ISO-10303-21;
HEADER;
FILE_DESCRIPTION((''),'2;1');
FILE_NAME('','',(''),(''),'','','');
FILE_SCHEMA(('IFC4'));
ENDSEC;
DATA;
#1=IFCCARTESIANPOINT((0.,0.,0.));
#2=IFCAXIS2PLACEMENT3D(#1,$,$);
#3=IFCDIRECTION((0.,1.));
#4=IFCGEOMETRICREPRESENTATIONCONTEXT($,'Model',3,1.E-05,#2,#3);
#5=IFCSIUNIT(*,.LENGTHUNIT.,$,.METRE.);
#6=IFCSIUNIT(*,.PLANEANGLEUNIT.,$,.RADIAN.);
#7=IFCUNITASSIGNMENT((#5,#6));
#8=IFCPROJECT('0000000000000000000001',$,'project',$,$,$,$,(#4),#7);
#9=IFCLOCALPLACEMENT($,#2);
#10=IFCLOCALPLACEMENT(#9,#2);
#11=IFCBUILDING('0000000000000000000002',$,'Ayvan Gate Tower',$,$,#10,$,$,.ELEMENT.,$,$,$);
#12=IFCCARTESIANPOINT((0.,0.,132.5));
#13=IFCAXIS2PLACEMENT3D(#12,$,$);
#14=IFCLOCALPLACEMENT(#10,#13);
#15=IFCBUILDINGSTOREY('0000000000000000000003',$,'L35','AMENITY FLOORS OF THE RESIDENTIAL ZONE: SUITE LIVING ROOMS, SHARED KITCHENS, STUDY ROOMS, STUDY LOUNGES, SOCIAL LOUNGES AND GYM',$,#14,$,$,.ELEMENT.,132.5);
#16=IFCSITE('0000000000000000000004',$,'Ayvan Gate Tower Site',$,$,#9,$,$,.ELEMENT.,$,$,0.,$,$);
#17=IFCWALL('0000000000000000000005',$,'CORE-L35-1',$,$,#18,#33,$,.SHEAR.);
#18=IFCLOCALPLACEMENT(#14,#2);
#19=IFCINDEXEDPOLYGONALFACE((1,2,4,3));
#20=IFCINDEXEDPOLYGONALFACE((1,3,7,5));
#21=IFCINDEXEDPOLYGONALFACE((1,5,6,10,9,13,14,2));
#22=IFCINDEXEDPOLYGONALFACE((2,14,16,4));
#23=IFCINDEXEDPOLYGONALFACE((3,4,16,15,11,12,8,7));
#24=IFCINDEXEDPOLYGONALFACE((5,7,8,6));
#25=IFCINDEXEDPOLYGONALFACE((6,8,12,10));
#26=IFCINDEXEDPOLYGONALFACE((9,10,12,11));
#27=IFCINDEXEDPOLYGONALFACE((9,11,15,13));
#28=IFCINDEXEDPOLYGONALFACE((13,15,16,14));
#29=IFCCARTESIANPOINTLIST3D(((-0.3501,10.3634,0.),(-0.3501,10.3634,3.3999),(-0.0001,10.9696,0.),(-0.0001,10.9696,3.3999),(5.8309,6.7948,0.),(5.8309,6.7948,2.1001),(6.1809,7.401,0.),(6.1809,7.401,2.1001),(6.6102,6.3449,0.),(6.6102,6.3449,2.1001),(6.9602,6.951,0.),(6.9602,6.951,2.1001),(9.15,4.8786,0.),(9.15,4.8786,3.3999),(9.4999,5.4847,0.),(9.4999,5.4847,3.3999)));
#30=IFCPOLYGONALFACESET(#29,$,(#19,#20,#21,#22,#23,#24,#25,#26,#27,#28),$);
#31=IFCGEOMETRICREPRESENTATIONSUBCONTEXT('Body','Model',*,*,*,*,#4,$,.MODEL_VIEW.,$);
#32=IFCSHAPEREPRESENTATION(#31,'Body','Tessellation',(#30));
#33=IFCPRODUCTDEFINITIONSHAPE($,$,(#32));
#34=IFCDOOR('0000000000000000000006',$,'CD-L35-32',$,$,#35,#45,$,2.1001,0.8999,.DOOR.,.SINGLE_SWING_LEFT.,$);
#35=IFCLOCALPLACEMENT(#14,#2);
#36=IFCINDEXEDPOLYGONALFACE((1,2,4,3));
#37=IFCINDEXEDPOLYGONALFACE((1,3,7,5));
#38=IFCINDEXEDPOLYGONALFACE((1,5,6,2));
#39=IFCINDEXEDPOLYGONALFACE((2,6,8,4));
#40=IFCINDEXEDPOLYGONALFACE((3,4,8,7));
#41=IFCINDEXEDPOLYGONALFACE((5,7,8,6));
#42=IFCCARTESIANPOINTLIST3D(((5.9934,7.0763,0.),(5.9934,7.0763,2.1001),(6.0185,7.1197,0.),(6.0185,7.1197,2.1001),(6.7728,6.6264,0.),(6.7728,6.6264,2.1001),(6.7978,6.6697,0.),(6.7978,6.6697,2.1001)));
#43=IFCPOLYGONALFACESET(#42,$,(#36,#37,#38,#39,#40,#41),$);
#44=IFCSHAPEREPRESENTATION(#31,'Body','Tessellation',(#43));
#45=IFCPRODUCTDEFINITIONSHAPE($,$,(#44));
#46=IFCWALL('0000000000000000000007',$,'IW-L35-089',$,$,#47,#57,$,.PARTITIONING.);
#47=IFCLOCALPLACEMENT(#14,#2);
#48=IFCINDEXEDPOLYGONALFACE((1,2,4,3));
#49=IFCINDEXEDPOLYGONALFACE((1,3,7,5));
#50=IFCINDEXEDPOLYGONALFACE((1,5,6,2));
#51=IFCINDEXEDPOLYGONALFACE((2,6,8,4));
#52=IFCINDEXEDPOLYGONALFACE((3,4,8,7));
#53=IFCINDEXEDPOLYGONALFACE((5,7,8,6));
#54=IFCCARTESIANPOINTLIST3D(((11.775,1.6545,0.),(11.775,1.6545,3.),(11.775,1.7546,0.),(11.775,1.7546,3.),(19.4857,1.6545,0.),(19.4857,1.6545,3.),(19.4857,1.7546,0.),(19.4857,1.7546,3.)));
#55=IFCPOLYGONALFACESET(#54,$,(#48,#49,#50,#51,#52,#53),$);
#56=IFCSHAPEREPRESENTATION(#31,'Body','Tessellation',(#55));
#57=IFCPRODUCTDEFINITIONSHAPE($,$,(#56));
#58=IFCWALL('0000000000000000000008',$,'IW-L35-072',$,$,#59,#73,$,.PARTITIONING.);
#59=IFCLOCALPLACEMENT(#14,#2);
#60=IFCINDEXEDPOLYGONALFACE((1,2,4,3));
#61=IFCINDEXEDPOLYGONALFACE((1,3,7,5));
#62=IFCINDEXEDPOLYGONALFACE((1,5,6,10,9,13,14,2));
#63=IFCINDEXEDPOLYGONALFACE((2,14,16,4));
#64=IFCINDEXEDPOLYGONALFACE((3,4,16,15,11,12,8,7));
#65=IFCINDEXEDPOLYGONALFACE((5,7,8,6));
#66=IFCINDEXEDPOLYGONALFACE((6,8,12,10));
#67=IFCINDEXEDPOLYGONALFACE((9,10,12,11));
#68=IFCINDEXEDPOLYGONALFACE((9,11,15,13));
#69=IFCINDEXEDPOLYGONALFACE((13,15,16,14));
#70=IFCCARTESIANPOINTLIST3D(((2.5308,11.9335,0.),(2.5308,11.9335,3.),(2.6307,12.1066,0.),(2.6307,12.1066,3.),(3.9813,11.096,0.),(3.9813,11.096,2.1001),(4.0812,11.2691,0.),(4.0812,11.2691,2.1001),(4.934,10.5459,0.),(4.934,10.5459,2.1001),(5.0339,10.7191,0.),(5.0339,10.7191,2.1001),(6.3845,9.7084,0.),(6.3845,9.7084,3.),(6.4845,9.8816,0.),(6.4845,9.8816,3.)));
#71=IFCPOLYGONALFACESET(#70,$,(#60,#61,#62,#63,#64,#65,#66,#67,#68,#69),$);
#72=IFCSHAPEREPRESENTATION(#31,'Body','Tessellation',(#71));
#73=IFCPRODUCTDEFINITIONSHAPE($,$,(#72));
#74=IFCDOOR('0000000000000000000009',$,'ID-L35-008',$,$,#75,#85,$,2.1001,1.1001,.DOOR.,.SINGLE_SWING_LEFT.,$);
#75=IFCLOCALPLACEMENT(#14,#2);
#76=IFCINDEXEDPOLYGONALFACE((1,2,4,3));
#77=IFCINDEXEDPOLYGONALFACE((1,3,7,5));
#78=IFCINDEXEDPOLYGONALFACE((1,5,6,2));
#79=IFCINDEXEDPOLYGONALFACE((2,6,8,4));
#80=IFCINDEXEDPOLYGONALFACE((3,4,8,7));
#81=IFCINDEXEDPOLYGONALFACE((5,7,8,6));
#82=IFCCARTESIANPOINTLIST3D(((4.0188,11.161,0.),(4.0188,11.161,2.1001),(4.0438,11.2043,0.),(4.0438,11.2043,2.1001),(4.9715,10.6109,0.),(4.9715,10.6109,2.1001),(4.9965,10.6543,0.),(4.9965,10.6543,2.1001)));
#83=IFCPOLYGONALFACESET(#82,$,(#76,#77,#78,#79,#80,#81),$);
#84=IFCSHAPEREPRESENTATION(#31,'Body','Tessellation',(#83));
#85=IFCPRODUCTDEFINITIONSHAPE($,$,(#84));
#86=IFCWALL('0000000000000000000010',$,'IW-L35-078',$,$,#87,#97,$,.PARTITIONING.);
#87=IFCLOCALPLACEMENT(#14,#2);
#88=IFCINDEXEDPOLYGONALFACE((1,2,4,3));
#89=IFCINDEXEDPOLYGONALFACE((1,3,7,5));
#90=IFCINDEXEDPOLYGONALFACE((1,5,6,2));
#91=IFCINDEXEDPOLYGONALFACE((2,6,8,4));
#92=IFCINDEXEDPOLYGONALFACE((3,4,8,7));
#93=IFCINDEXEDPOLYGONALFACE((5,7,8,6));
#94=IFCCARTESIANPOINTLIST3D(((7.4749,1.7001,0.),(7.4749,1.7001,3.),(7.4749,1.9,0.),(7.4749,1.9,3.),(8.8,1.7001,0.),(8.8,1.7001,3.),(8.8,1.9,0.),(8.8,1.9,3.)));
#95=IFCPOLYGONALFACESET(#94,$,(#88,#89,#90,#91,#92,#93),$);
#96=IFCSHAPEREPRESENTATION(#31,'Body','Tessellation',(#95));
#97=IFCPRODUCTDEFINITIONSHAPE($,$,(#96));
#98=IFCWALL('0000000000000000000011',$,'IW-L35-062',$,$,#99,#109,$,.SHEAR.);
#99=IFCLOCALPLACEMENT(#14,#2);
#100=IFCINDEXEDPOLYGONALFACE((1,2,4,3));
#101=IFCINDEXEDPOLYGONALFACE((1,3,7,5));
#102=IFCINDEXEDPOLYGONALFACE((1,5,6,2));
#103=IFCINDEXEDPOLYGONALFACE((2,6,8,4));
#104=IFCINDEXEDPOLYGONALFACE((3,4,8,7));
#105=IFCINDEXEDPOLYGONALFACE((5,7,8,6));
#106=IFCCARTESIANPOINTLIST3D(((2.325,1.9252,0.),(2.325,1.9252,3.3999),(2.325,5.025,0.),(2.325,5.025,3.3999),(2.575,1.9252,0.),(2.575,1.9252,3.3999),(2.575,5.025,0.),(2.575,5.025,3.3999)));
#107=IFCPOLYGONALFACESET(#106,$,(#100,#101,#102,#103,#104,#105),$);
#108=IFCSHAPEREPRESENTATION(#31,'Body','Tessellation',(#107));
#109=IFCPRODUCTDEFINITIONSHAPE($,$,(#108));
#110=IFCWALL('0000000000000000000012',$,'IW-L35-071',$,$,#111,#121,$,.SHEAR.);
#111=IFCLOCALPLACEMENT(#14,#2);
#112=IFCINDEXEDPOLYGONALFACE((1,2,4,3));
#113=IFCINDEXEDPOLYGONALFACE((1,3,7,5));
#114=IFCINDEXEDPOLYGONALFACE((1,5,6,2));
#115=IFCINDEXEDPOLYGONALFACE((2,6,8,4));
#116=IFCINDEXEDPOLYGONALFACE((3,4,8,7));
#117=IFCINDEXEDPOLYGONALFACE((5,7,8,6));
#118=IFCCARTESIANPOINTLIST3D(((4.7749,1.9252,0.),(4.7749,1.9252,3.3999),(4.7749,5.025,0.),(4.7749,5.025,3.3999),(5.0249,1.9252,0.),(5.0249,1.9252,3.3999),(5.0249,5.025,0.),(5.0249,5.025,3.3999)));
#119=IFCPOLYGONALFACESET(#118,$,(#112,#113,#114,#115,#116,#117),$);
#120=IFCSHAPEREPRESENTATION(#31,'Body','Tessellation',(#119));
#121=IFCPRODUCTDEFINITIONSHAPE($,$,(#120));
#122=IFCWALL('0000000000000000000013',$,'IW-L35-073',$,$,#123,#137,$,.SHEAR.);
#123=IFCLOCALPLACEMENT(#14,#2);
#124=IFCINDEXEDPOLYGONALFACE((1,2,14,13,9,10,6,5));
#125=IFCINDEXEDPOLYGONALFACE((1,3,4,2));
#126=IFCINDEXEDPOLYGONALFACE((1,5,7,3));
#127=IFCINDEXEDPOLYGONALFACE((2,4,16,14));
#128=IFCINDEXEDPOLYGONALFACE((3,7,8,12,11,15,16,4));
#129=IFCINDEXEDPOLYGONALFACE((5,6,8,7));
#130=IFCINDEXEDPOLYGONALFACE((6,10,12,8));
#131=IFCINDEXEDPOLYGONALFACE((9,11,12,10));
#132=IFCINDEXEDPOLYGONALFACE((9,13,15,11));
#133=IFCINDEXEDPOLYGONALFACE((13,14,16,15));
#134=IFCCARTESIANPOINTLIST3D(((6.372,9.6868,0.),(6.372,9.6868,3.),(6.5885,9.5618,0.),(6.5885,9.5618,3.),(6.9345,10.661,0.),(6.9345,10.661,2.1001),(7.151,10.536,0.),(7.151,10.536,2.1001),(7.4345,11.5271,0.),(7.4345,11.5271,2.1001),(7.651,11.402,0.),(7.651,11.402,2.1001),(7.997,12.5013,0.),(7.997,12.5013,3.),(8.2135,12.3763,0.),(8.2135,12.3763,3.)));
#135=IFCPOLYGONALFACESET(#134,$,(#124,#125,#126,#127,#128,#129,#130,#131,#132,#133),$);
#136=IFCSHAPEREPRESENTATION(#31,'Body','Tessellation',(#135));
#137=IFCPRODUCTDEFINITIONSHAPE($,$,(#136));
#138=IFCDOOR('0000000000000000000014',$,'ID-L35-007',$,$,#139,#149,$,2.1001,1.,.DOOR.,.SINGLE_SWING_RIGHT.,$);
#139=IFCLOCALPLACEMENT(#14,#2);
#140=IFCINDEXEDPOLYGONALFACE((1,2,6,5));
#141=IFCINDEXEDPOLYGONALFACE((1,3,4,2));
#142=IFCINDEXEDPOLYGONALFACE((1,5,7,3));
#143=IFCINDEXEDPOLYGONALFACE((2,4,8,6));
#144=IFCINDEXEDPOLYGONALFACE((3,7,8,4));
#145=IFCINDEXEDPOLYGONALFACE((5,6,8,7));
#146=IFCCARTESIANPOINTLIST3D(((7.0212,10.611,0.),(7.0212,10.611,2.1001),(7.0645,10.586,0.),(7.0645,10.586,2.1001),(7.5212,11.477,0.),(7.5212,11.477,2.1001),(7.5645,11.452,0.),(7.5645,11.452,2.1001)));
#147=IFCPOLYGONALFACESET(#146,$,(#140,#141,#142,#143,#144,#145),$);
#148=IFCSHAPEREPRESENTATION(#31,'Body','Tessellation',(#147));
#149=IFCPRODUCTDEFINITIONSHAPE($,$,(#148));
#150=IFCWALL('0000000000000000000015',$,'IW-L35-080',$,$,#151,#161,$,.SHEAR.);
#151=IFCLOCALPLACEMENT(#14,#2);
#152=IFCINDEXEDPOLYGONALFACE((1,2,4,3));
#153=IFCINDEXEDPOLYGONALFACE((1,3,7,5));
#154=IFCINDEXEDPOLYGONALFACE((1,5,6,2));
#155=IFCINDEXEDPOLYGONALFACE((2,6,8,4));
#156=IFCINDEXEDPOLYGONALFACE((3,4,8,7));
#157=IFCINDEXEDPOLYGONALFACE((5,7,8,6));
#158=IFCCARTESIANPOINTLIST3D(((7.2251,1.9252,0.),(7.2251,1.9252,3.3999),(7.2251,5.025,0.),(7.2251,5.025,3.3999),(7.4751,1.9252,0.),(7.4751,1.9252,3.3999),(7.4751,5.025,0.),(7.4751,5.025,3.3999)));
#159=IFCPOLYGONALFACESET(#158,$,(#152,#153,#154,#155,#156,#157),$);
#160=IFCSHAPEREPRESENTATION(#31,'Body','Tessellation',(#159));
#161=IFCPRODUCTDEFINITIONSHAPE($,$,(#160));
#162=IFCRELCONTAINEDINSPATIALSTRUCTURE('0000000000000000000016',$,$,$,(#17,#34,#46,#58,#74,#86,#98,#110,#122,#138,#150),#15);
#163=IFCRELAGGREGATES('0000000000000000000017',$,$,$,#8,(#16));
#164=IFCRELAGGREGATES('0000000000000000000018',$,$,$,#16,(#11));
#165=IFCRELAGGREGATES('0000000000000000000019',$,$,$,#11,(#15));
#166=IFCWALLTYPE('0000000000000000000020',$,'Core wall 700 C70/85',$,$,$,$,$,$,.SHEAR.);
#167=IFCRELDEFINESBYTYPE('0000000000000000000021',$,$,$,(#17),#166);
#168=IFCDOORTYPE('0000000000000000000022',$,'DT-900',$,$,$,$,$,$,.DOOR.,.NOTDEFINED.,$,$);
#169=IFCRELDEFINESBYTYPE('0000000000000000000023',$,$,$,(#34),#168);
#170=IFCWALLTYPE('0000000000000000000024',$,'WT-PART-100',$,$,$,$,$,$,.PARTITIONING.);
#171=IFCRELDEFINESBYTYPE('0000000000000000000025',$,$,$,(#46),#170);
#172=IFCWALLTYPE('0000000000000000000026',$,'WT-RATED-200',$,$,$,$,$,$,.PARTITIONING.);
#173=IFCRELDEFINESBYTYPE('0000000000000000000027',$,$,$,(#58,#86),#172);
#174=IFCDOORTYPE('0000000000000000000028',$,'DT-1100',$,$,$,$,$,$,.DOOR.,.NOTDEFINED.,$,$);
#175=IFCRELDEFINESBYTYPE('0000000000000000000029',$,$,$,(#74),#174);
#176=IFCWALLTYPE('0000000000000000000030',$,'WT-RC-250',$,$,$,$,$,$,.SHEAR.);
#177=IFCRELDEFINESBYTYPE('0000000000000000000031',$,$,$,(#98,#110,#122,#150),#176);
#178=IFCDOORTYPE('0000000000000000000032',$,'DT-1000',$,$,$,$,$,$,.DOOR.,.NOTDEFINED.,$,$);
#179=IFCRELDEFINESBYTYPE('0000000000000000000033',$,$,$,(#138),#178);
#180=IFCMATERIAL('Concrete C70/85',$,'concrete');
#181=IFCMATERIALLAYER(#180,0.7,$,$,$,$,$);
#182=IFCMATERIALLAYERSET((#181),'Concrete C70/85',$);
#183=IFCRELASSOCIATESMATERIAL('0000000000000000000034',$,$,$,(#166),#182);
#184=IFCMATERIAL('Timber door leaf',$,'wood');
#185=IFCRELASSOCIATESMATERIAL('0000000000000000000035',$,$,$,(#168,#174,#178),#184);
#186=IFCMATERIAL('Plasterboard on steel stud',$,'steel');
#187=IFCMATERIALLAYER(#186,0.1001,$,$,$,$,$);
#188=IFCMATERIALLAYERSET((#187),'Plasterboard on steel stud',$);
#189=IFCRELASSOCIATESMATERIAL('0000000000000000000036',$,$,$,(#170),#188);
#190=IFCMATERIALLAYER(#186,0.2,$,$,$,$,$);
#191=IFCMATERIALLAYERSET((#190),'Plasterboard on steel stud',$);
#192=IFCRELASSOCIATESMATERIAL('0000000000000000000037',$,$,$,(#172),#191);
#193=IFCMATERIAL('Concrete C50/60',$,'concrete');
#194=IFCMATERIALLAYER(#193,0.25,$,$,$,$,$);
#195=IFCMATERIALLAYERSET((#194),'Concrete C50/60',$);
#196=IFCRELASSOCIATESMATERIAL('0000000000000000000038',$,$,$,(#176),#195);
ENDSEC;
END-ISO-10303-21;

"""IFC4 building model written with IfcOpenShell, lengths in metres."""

from ifc_helpers import new_model, si_unit, direction, frame, frame_2d, origin, place, context, subcontext, project, spatial, rectangle, extrude, material, layer, layer_set, type_object, element, fill, save


model = new_model("IFC4")

# Units and contexts
model_context = context("Model", 3, precision=1e-05, world=origin(), true_north=direction((0.0, 1.0)))
body_context = subcontext(model_context, "Body", "Model", "MODEL_VIEW")
ifc_project = project(units=[si_unit("LENGTHUNIT", "METRE"), si_unit("PLANEANGLEUNIT", "RADIAN")], contexts=[model_context])

# Site, building, storey
site_placement = place(None, origin())
site = spatial("IfcSite", under=ifc_project, at=site_placement, Name="Ayvan Gate Tower Site", CompositionType="ELEMENT", RefElevation=0.0)
building_placement = place(site_placement, origin())
building = spatial("IfcBuilding", under=site, at=building_placement, Name="Ayvan Gate Tower", CompositionType="ELEMENT")
storey_placement = place(building_placement, frame((0.0, 0.0, 132.5)))
storey = spatial("IfcBuildingStorey", under=building, at=storey_placement, Name="L35", Description="AMENITY FLOORS OF THE RESIDENTIAL ZONE: SUITE LIVING ROOMS, SHARED KITCHENS, STUDY ROOMS, STUDY LOUNGES, SOCIAL LOUNGES AND GYM", CompositionType="ELEMENT", Elevation=132.5)

# Wall, opening, door
ifc_material_1 = material(Name="Concrete C70/85", Category="concrete")
ifc_layer_1 = layer(ifc_material_1, 0.7)
ifc_layer_set_1 = layer_set([ifc_layer_1], Name="Concrete C70/85")
wall_type_1 = type_object("IfcWallType", Name="Core wall 700 C70/85", PredefinedType="SHEAR", material=ifc_layer_set_1)
wall_1_placement = place(storey_placement, frame((9.325, 5.1816, 0.0), z_axis=(0.0, 0.0, 1.0), x_axis=(-0.866024, 0.500002, 0.0)))
wall_1 = element("IfcWall", 1, at=wall_1_placement, inside=storey, type_object=wall_type_1, Name="CORE-L35-1", PredefinedType="SHEAR", context=body_context, shape_type="SweptSolid", body=[
    extrude(rectangle(XDim=10.9697, YDim=0.7, at=frame_2d((5.4849, 0.0))), origin(), (0.0, 0.0, 1.0), 3.3999),
])
opening_1_placement = place(wall_1_placement, frame((2.9326, 0.0, 0.0)))
opening_1 = element("IfcOpeningElement", 2, at=opening_1_placement, cuts=wall_1, PredefinedType="OPENING", context=body_context, shape_type="SweptSolid", body=[
    extrude(rectangle(XDim=0.8999, YDim=2.1001, at=frame_2d((0.45, 1.05))), frame((0.0, 0.3599, 0.0), z_axis=(0.0, -1.0, 0.0), x_axis=(1.0, 0.0, 0.0)), (0.0, 0.0, 1.0), 0.72),
])
ifc_material_2 = material(Name="Timber door leaf", Category="wood")
door_type_1 = type_object("IfcDoorType", Name="DT-900", OperationType="NOTDEFINED", PredefinedType="DOOR", material=ifc_material_2)
door_1_placement = place(opening_1_placement, origin())
door_1 = element("IfcDoor", 3, at=door_1_placement, inside=storey, type_object=door_type_1, Name="CD-L35-32", OperationType="SINGLE_SWING_LEFT", OverallHeight=2.1001, OverallWidth=0.8999, PredefinedType="DOOR", context=body_context, shape_type="SweptSolid", body=[
    extrude(rectangle(XDim=0.8999, YDim=2.1001, at=frame_2d((0.45, 1.05))), frame((0.0, 0.0249, 0.0), z_axis=(0.0, -1.0, 0.0), x_axis=(1.0, 0.0, 0.0)), (0.0, 0.0, 1.0), 0.05),
])
fill(opening_1, door_1)

# Wall
ifc_material_3 = material(Name="Plasterboard on steel stud", Category="steel")
ifc_layer_2 = layer(ifc_material_3, 0.1001)
ifc_layer_set_2 = layer_set([ifc_layer_2], Name="Plasterboard on steel stud")
wall_type_2 = type_object("IfcWallType", Name="WT-PART-100", PredefinedType="PARTITIONING", material=ifc_layer_set_2)
wall_2_placement = place(storey_placement, frame((11.7749, 1.7046, 0.0), z_axis=(0.0, 0.0, 1.0), x_axis=(1.0, 0.0, 0.0)))
element("IfcWall", 4, at=wall_2_placement, inside=storey, type_object=wall_type_2, Name="IW-L35-089", PredefinedType="PARTITIONING", context=body_context, shape_type="SweptSolid", body=[
    extrude(rectangle(XDim=7.7107, YDim=0.1001, at=frame_2d((3.8555, 0.0))), origin(), (0.0, 0.0, 1.0), 3.0),
])

# Wall, opening, door
ifc_layer_3 = layer(ifc_material_3, 0.2)
ifc_layer_set_3 = layer_set([ifc_layer_3], Name="Plasterboard on steel stud")
wall_type_3 = type_object("IfcWallType", Name="WT-RATED-200", PredefinedType="PARTITIONING", material=ifc_layer_set_3)
wall_3_placement = place(storey_placement, frame((6.4346, 9.7949, 0.0), z_axis=(0.0, 0.0, 1.0), x_axis=(-0.866013, 0.500022, 0.0)))
wall_3 = element("IfcWall", 5, at=wall_3_placement, inside=storey, type_object=wall_type_3, Name="IW-L35-072", PredefinedType="PARTITIONING", context=body_context, shape_type="SweptSolid", body=[
    extrude(rectangle(XDim=4.45, YDim=0.2, at=frame_2d((2.2251, 0.0))), origin(), (0.0, 0.0, 1.0), 3.0),
])
opening_2_placement = place(wall_3_placement, frame((1.675, 0.0, 0.0)))
opening_2 = element("IfcOpeningElement", 6, at=opening_2_placement, cuts=wall_3, PredefinedType="OPENING", context=body_context, shape_type="SweptSolid", body=[
    extrude(rectangle(XDim=1.1001, YDim=2.1001, at=frame_2d((0.55, 1.05))), frame((0.0, 0.1099, 0.0), z_axis=(0.0, -1.0, 0.0), x_axis=(1.0, 0.0, 0.0)), (0.0, 0.0, 1.0), 0.22),
])
door_type_2 = type_object("IfcDoorType", Name="DT-1100", OperationType="NOTDEFINED", PredefinedType="DOOR", material=ifc_material_2)
door_2_placement = place(opening_2_placement, origin())
door_2 = element("IfcDoor", 7, at=door_2_placement, inside=storey, type_object=door_type_2, Name="ID-L35-008", OperationType="SINGLE_SWING_LEFT", OverallHeight=2.1001, OverallWidth=1.1001, PredefinedType="DOOR", context=body_context, shape_type="SweptSolid", body=[
    extrude(rectangle(XDim=1.1001, YDim=2.1001, at=frame_2d((0.55, 1.05))), frame((0.0, 0.0249, 0.0), z_axis=(0.0, -1.0, 0.0), x_axis=(1.0, 0.0, 0.0)), (0.0, 0.0, 1.0), 0.05),
])
fill(opening_2, door_2)

# Walls
wall_4_placement = place(storey_placement, frame((7.4749, 1.8, 0.0), z_axis=(0.0, 0.0, 1.0), x_axis=(1.0, 0.0, 0.0)))
element("IfcWall", 8, at=wall_4_placement, inside=storey, type_object=wall_type_3, Name="IW-L35-078", PredefinedType="PARTITIONING", context=body_context, shape_type="SweptSolid", body=[
    extrude(rectangle(XDim=1.3252, YDim=0.2, at=frame_2d((0.6626, 0.0))), origin(), (0.0, 0.0, 1.0), 3.0),
])
ifc_material_4 = material(Name="Concrete C50/60", Category="concrete")
ifc_layer_4 = layer(ifc_material_4, 0.25)
ifc_layer_set_4 = layer_set([ifc_layer_4], Name="Concrete C50/60")
wall_type_4 = type_object("IfcWallType", Name="WT-RC-250", PredefinedType="SHEAR", material=ifc_layer_set_4)
for number, where, z_axis, x_axis, name in (
    (9, (2.45, 5.0249, 0.0), (0.0, 0.0, 1.0), (0.0, -1.0, 0.0), "IW-L35-062"),
    (10, (4.8999, 5.0249, 0.0), (0.0, 0.0, 1.0), (0.0, -1.0, 0.0), "IW-L35-071"),
):
    element("IfcWall", number, at=place(storey_placement, frame(where, z_axis=z_axis, x_axis=x_axis)), inside=storey, type_object=wall_type_4, Name=name, PredefinedType="SHEAR", context=body_context, shape_type="SweptSolid", body=[
        extrude(rectangle(XDim=3.0999, YDim=0.25, at=frame_2d((1.5498, 0.0))), origin(), (0.0, 0.0, 1.0), 3.3999),
    ])

# Wall, opening, door
wall_5_placement = place(storey_placement, frame((6.4802, 9.6243, 0.0), z_axis=(0.0, 0.0, 1.0), x_axis=(0.500017, 0.866015, 0.0)))
wall_5 = element("IfcWall", 11, at=wall_5_placement, inside=storey, type_object=wall_type_4, Name="IW-L35-073", PredefinedType="SHEAR", context=body_context, shape_type="SweptSolid", body=[
    extrude(rectangle(XDim=3.25, YDim=0.25, at=frame_2d((1.625, 0.0))), origin(), (0.0, 0.0, 1.0), 3.0),
])
opening_3_placement = place(wall_5_placement, frame((1.125, 0.0, 0.0)))
opening_3 = element("IfcOpeningElement", 12, at=opening_3_placement, cuts=wall_5, PredefinedType="OPENING", context=body_context, shape_type="SweptSolid", body=[
    extrude(rectangle(XDim=1.0, YDim=2.1001, at=frame_2d((0.5, 1.05))), frame((0.0, 0.135, 0.0), z_axis=(0.0, -1.0, 0.0), x_axis=(1.0, 0.0, 0.0)), (0.0, 0.0, 1.0), 0.27),
])
door_type_3 = type_object("IfcDoorType", Name="DT-1000", OperationType="NOTDEFINED", PredefinedType="DOOR", material=ifc_material_2)
door_3_placement = place(opening_3_placement, origin())
door_3 = element("IfcDoor", 13, at=door_3_placement, inside=storey, type_object=door_type_3, Name="ID-L35-007", OperationType="SINGLE_SWING_RIGHT", OverallHeight=2.1001, OverallWidth=1.0, PredefinedType="DOOR", context=body_context, shape_type="SweptSolid", body=[
    extrude(rectangle(XDim=1.0, YDim=2.1001, at=frame_2d((0.5, 1.05))), frame((0.0, 0.0249, 0.0), z_axis=(0.0, -1.0, 0.0), x_axis=(1.0, 0.0, 0.0)), (0.0, 0.0, 1.0), 0.05),
])
fill(opening_3, door_3)

# Wall
wall_6_placement = place(storey_placement, frame((7.3501, 5.0249, 0.0), z_axis=(0.0, 0.0, 1.0), x_axis=(0.0, -1.0, 0.0)))
element("IfcWall", 14, at=wall_6_placement, inside=storey, type_object=wall_type_4, Name="IW-L35-080", PredefinedType="SHEAR", context=body_context, shape_type="SweptSolid", body=[
    extrude(rectangle(XDim=3.0999, YDim=0.25, at=frame_2d((1.5498, 0.0))), origin(), (0.0, 0.0, 1.0), 3.3999),
])

save(model, "model.ifc")
